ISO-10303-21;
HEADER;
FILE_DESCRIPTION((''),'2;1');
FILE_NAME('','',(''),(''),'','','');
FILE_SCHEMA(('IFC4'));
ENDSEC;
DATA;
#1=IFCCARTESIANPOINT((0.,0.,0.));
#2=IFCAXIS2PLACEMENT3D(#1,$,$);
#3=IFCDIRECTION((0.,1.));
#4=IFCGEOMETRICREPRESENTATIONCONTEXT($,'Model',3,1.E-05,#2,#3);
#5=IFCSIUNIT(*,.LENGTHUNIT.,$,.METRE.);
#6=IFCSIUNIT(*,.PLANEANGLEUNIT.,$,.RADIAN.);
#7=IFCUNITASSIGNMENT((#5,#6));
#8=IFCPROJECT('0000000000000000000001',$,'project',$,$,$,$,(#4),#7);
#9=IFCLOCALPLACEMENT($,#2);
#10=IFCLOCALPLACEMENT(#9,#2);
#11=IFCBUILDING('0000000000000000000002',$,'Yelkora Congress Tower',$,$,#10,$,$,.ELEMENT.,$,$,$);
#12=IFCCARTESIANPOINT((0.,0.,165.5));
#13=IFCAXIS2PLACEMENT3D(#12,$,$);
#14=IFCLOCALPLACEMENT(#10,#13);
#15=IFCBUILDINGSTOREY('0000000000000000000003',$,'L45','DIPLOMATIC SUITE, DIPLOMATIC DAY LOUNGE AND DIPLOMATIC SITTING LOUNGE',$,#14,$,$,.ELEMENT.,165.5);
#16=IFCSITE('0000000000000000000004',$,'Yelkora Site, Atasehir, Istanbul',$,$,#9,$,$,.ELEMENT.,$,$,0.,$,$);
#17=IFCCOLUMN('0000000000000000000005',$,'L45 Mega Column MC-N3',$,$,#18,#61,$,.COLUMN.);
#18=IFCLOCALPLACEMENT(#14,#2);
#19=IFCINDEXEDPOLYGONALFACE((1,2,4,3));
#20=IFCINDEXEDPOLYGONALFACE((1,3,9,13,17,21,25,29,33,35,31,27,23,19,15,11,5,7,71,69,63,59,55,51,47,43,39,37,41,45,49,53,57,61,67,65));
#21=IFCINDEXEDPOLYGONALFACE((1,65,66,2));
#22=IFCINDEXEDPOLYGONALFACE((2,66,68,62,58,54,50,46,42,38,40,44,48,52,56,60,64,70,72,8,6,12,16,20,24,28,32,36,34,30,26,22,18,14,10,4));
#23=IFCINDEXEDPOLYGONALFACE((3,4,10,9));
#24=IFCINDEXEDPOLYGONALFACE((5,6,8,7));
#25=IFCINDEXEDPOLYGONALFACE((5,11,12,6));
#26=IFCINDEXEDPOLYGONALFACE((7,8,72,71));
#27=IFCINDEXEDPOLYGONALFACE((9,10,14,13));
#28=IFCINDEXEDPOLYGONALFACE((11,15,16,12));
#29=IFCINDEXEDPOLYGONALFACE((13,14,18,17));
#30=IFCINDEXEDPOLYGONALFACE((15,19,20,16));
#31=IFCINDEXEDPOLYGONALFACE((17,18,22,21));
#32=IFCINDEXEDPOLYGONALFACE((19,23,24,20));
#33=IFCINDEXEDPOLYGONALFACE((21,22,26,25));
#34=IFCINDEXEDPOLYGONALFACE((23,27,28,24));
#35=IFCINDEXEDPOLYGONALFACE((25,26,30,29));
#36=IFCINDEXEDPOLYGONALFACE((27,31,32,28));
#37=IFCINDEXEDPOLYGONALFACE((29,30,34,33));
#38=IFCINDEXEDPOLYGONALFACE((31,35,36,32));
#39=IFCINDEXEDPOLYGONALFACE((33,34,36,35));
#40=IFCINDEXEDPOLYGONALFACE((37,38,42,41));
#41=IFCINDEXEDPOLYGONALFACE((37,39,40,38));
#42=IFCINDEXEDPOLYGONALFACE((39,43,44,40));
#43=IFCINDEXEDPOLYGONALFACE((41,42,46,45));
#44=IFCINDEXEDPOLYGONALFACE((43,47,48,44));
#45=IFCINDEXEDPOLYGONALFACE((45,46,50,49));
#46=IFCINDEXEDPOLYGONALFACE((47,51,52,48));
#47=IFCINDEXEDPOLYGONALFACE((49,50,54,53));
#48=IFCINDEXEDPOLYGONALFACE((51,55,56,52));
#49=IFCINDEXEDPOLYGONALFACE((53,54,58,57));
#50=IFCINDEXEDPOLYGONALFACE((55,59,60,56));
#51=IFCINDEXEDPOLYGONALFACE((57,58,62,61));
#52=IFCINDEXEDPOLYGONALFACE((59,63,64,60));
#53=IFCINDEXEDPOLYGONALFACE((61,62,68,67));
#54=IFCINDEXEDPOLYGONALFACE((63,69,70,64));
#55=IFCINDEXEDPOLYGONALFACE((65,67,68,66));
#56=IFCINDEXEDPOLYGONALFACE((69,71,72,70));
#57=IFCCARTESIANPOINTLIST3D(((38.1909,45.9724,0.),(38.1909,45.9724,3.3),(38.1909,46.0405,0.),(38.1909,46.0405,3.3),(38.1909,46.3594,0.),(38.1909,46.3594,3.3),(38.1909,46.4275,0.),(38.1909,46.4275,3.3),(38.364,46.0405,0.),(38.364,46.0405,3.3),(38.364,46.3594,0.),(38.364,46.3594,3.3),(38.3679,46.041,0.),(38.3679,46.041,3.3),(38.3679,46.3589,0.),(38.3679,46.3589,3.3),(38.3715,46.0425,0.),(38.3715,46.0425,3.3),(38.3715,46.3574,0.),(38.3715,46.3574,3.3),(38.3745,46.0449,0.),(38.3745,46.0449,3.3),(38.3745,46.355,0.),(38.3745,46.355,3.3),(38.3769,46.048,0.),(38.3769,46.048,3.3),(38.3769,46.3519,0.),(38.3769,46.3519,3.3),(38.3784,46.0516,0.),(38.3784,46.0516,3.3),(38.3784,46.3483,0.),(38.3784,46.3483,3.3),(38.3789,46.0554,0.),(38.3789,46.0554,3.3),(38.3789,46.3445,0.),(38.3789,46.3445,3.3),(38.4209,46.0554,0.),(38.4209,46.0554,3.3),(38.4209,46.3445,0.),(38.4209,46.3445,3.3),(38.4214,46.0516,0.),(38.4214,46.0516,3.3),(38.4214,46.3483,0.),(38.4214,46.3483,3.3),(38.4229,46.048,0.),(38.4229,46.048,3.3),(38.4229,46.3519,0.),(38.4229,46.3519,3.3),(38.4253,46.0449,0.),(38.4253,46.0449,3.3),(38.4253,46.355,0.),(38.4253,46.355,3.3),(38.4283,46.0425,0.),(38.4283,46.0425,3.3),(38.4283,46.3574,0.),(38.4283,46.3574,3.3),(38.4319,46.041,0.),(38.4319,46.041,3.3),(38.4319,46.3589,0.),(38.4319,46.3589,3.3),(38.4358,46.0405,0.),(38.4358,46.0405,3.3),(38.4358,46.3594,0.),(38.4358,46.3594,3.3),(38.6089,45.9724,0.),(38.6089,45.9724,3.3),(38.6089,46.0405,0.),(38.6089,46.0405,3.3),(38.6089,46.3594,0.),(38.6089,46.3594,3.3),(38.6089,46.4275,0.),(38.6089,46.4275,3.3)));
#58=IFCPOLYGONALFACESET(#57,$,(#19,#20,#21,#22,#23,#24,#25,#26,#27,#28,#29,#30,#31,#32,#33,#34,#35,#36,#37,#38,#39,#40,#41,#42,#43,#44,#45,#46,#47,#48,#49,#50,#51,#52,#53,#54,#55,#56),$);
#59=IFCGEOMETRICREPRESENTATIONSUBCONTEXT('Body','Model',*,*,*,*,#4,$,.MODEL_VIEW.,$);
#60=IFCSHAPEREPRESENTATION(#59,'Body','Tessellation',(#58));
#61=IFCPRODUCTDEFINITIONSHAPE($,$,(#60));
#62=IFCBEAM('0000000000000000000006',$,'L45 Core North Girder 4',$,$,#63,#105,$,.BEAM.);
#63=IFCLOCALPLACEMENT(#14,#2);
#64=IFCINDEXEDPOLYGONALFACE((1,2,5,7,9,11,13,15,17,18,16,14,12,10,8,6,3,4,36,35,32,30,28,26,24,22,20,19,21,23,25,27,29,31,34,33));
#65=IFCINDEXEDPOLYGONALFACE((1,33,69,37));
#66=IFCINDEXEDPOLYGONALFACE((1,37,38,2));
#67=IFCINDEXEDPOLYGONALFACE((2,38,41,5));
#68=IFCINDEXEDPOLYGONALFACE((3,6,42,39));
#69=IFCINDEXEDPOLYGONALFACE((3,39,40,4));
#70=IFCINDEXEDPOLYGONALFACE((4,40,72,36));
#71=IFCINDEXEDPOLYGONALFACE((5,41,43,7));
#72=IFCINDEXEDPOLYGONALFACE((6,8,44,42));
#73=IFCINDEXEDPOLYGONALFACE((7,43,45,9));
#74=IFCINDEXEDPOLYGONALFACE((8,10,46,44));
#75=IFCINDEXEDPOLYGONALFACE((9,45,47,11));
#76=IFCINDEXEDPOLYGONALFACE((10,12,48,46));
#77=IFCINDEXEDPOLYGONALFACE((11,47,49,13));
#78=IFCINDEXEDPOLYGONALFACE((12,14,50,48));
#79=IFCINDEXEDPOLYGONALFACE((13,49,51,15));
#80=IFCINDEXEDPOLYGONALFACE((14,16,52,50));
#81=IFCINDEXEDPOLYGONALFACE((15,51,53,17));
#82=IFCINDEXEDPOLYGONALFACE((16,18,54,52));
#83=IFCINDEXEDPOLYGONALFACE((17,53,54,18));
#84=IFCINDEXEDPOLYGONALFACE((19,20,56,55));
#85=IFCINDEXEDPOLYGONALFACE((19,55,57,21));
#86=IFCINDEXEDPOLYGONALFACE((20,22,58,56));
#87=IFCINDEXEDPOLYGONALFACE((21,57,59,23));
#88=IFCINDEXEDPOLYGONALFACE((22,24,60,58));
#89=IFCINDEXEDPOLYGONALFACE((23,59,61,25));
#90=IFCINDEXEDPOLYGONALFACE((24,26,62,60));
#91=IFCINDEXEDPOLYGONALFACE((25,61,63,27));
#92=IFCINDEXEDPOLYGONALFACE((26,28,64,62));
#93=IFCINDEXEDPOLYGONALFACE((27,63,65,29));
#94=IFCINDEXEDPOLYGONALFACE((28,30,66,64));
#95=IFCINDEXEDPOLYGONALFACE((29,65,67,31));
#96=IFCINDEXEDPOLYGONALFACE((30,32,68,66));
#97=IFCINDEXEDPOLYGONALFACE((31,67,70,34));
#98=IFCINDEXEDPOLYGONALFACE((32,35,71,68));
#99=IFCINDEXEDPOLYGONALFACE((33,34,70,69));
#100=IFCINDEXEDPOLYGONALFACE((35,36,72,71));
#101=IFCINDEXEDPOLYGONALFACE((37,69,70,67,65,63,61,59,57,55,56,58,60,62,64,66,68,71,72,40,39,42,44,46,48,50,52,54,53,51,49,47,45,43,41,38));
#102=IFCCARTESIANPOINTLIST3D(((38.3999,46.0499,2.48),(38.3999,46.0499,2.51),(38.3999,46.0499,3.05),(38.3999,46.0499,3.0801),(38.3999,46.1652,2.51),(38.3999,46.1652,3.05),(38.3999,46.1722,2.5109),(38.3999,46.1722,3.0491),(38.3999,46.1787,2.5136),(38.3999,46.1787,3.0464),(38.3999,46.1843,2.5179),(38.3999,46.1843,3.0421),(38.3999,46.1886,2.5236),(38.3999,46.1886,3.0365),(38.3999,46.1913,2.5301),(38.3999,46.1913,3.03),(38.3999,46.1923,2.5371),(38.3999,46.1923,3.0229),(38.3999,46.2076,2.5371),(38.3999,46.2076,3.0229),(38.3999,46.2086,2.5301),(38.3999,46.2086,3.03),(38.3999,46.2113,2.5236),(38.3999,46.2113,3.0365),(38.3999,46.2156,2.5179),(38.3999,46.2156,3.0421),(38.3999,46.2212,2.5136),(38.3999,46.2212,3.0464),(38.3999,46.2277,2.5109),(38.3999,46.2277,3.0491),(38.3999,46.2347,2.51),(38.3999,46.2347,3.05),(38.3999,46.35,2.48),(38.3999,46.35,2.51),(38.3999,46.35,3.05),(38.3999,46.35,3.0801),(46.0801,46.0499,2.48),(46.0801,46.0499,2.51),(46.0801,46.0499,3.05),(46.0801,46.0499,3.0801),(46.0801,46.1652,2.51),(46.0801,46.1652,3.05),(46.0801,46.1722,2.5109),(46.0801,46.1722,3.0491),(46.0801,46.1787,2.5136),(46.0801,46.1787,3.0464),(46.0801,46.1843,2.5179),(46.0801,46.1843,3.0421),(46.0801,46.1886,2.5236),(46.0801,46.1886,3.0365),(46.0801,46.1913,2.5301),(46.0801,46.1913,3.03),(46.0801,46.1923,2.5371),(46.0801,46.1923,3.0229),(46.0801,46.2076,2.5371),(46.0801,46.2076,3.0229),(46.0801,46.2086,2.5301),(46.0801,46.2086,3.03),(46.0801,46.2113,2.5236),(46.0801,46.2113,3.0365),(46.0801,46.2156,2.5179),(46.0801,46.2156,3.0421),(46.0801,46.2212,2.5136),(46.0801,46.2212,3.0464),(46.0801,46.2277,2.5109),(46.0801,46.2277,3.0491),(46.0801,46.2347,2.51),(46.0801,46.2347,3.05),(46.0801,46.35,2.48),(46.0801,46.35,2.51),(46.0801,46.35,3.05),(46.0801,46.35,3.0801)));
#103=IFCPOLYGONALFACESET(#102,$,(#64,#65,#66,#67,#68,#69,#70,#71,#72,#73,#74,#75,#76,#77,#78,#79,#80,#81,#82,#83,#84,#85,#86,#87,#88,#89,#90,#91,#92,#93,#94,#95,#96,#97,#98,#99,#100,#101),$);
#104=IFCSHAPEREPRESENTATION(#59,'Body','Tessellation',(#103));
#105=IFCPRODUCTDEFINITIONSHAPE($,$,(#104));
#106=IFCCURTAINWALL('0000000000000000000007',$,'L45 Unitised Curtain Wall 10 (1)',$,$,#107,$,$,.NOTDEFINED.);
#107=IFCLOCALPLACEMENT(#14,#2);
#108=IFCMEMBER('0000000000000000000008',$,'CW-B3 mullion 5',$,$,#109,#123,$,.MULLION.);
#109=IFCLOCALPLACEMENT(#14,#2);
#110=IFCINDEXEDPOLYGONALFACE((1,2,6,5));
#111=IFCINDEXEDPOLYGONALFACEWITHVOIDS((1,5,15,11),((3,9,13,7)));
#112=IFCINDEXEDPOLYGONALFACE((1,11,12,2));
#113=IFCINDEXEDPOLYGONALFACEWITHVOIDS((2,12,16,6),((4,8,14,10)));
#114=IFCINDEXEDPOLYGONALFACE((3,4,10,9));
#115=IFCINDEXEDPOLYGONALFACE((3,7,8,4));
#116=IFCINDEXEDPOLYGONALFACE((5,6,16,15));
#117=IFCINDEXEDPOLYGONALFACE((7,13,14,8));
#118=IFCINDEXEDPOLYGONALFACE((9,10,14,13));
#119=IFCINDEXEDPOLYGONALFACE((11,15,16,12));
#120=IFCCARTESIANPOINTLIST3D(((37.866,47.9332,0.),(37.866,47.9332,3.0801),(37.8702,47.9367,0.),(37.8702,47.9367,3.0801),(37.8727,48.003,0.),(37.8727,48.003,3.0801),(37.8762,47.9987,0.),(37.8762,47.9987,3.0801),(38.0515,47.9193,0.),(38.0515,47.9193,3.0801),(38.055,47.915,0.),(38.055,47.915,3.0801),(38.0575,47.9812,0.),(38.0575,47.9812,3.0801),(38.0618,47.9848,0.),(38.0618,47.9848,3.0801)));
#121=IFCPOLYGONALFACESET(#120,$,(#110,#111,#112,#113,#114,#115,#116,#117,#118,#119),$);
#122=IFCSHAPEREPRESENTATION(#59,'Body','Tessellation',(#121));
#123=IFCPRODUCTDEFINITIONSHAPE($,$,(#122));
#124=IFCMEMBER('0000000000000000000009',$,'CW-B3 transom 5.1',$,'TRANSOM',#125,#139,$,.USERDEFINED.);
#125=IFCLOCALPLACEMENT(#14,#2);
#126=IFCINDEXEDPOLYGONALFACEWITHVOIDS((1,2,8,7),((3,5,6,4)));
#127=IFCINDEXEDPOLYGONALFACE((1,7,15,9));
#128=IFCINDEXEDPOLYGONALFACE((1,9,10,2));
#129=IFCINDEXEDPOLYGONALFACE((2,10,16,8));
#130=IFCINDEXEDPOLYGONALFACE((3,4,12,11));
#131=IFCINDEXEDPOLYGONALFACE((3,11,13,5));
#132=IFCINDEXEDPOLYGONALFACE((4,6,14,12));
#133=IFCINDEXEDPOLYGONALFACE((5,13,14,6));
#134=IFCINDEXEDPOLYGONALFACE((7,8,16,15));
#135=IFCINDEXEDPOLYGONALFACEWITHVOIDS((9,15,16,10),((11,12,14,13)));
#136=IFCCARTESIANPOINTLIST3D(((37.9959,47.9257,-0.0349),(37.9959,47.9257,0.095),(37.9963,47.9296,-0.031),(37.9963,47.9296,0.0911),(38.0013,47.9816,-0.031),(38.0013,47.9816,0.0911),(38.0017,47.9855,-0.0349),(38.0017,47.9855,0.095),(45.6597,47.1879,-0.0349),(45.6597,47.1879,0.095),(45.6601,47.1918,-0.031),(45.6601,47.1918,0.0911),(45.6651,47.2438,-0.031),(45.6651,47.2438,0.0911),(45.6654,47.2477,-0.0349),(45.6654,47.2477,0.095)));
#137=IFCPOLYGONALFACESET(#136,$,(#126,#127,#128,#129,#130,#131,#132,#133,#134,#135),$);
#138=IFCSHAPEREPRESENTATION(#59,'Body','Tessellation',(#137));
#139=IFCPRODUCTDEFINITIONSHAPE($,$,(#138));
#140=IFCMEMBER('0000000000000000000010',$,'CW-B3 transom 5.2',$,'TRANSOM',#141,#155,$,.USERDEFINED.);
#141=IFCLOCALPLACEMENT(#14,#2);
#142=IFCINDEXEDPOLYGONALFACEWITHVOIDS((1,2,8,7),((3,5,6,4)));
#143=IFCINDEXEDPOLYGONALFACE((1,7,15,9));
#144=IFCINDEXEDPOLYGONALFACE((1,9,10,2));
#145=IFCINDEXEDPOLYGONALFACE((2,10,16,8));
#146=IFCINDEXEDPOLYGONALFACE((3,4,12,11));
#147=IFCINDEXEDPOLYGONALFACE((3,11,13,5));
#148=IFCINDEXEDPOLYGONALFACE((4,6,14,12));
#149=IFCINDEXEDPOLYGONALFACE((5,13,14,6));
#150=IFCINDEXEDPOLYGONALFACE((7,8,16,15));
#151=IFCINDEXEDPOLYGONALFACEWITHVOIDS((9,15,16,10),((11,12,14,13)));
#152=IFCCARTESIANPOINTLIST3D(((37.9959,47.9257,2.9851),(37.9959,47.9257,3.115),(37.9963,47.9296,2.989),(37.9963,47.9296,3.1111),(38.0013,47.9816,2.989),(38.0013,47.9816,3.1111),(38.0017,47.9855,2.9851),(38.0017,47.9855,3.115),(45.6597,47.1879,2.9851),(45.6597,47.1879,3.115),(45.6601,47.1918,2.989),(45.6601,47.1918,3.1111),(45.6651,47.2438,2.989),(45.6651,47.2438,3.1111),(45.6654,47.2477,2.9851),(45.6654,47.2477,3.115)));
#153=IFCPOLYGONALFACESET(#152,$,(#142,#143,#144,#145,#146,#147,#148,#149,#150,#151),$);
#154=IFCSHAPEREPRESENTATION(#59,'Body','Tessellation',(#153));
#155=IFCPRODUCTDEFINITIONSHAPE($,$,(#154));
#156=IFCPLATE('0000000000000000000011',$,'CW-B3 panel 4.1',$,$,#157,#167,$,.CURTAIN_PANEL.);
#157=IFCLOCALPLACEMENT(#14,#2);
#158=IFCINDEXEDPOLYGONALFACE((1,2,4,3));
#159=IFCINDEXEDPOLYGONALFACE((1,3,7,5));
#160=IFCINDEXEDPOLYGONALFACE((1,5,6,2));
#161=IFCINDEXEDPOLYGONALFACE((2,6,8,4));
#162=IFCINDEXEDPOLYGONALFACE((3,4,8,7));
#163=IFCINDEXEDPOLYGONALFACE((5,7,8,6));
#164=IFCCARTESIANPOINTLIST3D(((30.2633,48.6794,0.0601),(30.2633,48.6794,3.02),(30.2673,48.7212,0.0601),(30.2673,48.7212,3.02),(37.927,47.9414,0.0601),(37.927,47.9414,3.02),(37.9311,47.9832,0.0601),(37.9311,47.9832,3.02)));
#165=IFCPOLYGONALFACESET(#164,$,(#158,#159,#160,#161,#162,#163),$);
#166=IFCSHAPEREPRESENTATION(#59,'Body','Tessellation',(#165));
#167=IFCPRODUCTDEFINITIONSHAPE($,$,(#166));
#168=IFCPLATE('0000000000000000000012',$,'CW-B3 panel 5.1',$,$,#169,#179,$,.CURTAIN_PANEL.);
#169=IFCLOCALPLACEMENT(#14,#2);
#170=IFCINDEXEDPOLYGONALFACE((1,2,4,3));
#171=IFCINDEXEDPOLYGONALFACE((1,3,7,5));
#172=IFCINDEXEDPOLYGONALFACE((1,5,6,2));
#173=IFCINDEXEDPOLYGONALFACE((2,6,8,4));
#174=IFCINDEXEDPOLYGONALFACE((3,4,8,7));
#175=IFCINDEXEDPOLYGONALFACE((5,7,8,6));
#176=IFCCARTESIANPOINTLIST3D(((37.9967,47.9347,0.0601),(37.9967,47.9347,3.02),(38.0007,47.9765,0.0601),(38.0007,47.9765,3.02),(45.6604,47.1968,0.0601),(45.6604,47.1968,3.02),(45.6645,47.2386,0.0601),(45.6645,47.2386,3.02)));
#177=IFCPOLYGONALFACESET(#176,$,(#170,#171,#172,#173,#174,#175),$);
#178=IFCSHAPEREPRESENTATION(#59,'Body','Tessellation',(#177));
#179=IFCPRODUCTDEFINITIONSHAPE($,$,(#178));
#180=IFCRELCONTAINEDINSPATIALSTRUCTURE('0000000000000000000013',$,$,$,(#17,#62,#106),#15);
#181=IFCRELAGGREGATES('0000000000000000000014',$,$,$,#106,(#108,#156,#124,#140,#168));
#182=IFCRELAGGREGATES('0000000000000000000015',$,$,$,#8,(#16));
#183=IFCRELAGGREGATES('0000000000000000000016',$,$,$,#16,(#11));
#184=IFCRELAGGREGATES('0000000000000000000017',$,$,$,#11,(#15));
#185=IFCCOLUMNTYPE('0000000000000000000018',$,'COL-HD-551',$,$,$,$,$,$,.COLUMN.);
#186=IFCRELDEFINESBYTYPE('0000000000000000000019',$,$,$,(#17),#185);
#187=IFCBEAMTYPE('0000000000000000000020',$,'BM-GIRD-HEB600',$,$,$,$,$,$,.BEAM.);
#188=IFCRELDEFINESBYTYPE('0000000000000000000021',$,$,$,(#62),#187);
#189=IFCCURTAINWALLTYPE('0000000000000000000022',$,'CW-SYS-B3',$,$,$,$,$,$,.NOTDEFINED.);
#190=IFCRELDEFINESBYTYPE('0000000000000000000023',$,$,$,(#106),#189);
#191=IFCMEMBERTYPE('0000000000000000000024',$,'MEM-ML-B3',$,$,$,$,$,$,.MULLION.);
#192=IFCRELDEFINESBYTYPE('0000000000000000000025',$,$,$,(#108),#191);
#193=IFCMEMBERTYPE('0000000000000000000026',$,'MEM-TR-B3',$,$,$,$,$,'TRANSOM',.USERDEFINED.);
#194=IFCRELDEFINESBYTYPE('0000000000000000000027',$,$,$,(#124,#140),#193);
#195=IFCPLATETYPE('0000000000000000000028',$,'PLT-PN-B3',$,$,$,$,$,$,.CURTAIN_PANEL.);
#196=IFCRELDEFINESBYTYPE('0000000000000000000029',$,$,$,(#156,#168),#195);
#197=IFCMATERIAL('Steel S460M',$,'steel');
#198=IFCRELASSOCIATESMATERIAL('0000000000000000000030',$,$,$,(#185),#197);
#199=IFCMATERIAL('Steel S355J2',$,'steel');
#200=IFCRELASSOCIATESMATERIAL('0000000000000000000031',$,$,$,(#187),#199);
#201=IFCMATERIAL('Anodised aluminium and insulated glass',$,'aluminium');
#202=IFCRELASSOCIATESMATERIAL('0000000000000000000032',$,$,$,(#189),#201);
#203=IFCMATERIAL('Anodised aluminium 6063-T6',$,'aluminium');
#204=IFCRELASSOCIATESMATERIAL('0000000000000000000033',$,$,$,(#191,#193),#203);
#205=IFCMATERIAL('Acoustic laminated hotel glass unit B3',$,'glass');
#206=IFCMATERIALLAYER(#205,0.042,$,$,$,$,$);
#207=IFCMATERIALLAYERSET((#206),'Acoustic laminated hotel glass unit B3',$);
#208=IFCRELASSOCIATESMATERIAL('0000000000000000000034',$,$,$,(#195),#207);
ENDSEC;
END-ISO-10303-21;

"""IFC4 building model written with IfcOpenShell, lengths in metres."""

from ifc_helpers import new_model, si_unit, direction, frame, origin, origin_2d, place, context, subcontext, project, spatial, rectangle, hollow_rectangle, i_section, extrude, material, layer, layer_set, material_profile, profile_set, type_object, element, aggregate, save


model = new_model("IFC4")

# Units and contexts
model_context = context("Model", 3, precision=1e-05, world=origin(), true_north=direction((0.0, 1.0)))
body_context = subcontext(model_context, "Body", "Model", "MODEL_VIEW")
ifc_project = project(units=[si_unit("LENGTHUNIT", "METRE"), si_unit("PLANEANGLEUNIT", "RADIAN")], contexts=[model_context])

# Site, building, storey
site_placement = place(None, origin())
site = spatial("IfcSite", under=ifc_project, at=site_placement, Name="Yelkora Site, Atasehir, Istanbul", CompositionType="ELEMENT", RefElevation=0.0)
building_placement = place(site_placement, origin())
building = spatial("IfcBuilding", under=site, at=building_placement, Name="Yelkora Congress Tower", CompositionType="ELEMENT")
storey_placement = place(building_placement, frame((0.0, 0.0, 165.5)))
storey = spatial("IfcBuildingStorey", under=building, at=storey_placement, Name="L45", Description="DIPLOMATIC SUITE, DIPLOMATIC DAY LOUNGE AND DIPLOMATIC SITTING LOUNGE", CompositionType="ELEMENT", Elevation=165.5)

# Column
ifc_material_1 = material(Name="Steel S460M", Category="steel")
ifc_material_profile_1 = material_profile(ifc_material_1, i_section(OverallWidth=0.418, OverallDepth=0.4551, WebThickness=0.042, FlangeThickness=0.0681, FilletRadius=0.0149, at=origin_2d()), Name="HD 400x551")
ifc_profile_set_1 = profile_set([ifc_material_profile_1], Name="Steel S460M")
column_type = type_object("IfcColumnType", Name="COL-HD-551", PredefinedType="COLUMN", material=ifc_profile_set_1)
column_placement = place(storey_placement, frame((38.3999, 46.2, 0.0), z_axis=(0.0, 0.0, 1.0), x_axis=(1.0, 0.0, 0.0)))
element("IfcColumn", 1, at=column_placement, inside=storey, type_object=column_type, Name="L45 Mega Column MC-N3", PredefinedType="COLUMN", context=body_context, shape_type="SweptSolid", body=[
    extrude(i_section(OverallWidth=0.418, OverallDepth=0.4551, WebThickness=0.042, FlangeThickness=0.0681, FilletRadius=0.0149, at=origin_2d()), origin(), (0.0, 0.0, 1.0), 3.3),
])

# Beam
ifc_material_2 = material(Name="Steel S355J2", Category="steel")
ifc_material_profile_2 = material_profile(ifc_material_2, i_section(OverallWidth=0.3, OverallDepth=0.6001, WebThickness=0.0154, FlangeThickness=0.03, FilletRadius=0.0271, at=origin_2d()), Name="HEB 600")
ifc_profile_set_2 = profile_set([ifc_material_profile_2], Name="Steel S355J2")
beam_type = type_object("IfcBeamType", Name="BM-GIRD-HEB600", PredefinedType="BEAM", material=ifc_profile_set_2)
beam_placement = place(storey_placement, frame((38.3999, 46.2, 2.78), z_axis=(1.0, 0.0, 0.0), x_axis=(0.0, 1.0, 0.0)))
element("IfcBeam", 2, at=beam_placement, inside=storey, type_object=beam_type, Name="L45 Core North Girder 4", PredefinedType="BEAM", context=body_context, shape_type="SweptSolid", body=[
    extrude(i_section(OverallWidth=0.3, OverallDepth=0.6001, WebThickness=0.0154, FlangeThickness=0.03, FilletRadius=0.0271, at=origin_2d()), origin(), (0.0, 0.0, 1.0), 7.6802),
])

# Curtain wall, members, plates
ifc_material_3 = material(Name="Anodised aluminium and insulated glass", Category="aluminium")
curtain_wall_type = type_object("IfcCurtainWallType", Name="CW-SYS-B3", PredefinedType="NOTDEFINED", material=ifc_material_3)
curtain_wall_placement = place(storey_placement, origin())
curtain_wall = element("IfcCurtainWall", 3, at=curtain_wall_placement, inside=storey, type_object=curtain_wall_type, Name="L45 Unitised Curtain Wall 10 (1)", PredefinedType="NOTDEFINED")
ifc_material_4 = material(Name="Anodised aluminium 6063-T6", Category="aluminium")
ifc_material_profile_3 = material_profile(ifc_material_4, hollow_rectangle(XDim=0.0701, YDim=0.1899, WallThickness=0.0039, at=origin_2d()), Name="ALU 70x190x4")
ifc_profile_set_3 = profile_set([ifc_material_profile_3], Name="Anodised aluminium 6063-T6")
member_type_1 = type_object("IfcMemberType", Name="MEM-ML-B3", PredefinedType="MULLION", material=ifc_profile_set_3)
member_1_placement = place(storey_placement, frame((37.9639, 47.959, 0.0), z_axis=(0.0, 0.0, 1.0), x_axis=(0.095845, 0.995396, 0.0)))
member_1 = element("IfcMember", 4, at=member_1_placement, type_object=member_type_1, Name="CW-B3 mullion 5", PredefinedType="MULLION", context=body_context, shape_type="SweptSolid", body=[
    extrude(hollow_rectangle(XDim=0.0701, YDim=0.1899, WallThickness=0.0039, at=origin_2d()), origin(), (0.0, 0.0, 1.0), 3.0801),
])
ifc_material_profile_4 = material_profile(ifc_material_4, hollow_rectangle(XDim=0.0601, YDim=0.1299, WallThickness=0.0039, at=origin_2d()), Name="ALU 60x130x4")
ifc_profile_set_4 = profile_set([ifc_material_profile_4], Name="Anodised aluminium 6063-T6")
member_type_2 = type_object("IfcMemberType", Name="MEM-TR-B3", ElementType="TRANSOM", PredefinedType="USERDEFINED", material=ifc_profile_set_4)
member_2_placement = place(storey_placement, frame((37.9988, 47.9556, 0.03), z_axis=(0.995398, -0.095827, 0.0), x_axis=(0.095827, 0.995398, 0.0)))
member_2 = element("IfcMember", 5, at=member_2_placement, type_object=member_type_2, Name="CW-B3 transom 5.1", ObjectType="TRANSOM", PredefinedType="USERDEFINED", context=body_context, shape_type="SweptSolid", body=[
    extrude(hollow_rectangle(XDim=0.0601, YDim=0.1299, WallThickness=0.0039, at=origin_2d()), origin(), (0.0, 0.0, 1.0), 7.6992),
])
member_3_placement = place(storey_placement, frame((37.9988, 47.9556, 3.05), z_axis=(0.995398, -0.095827, 0.0), x_axis=(0.095827, 0.995398, 0.0)))
member_3 = element("IfcMember", 6, at=member_3_placement, type_object=member_type_2, Name="CW-B3 transom 5.2", ObjectType="TRANSOM", PredefinedType="USERDEFINED", context=body_context, shape_type="SweptSolid", body=[
    extrude(hollow_rectangle(XDim=0.0601, YDim=0.1299, WallThickness=0.0039, at=origin_2d()), origin(), (0.0, 0.0, 1.0), 7.6992),
])
ifc_material_5 = material(Name="Acoustic laminated hotel glass unit B3", Category="glass")
ifc_layer_1 = layer(ifc_material_5, 0.042)
ifc_layer_set_1 = layer_set([ifc_layer_1], Name="Acoustic laminated hotel glass unit B3")
plate_type = type_object("IfcPlateType", Name="PLT-PN-B3", PredefinedType="CURTAIN_PANEL", material=ifc_layer_set_1)
plate_1_placement = place(storey_placement, frame((34.0972, 48.3313, 0.0601), z_axis=(0.0, 0.0, 1.0), x_axis=(0.995396, -0.095845, 0.0)))
plate_1 = element("IfcPlate", 7, at=plate_1_placement, type_object=plate_type, Name="CW-B3 panel 4.1", PredefinedType="CURTAIN_PANEL", context=body_context, shape_type="SweptSolid", body=[
    extrude(rectangle(XDim=7.6992, YDim=0.042, at=origin_2d()), origin(), (0.0, 0.0, 1.0), 2.96),
])
plate_2_placement = place(storey_placement, frame((41.8306, 47.5867, 0.0601), z_axis=(0.0, 0.0, 1.0), x_axis=(0.995396, -0.095845, 0.0)))
plate_2 = element("IfcPlate", 8, at=plate_2_placement, type_object=plate_type, Name="CW-B3 panel 5.1", PredefinedType="CURTAIN_PANEL", context=body_context, shape_type="SweptSolid", body=[
    extrude(rectangle(XDim=7.6992, YDim=0.042, at=origin_2d()), origin(), (0.0, 0.0, 1.0), 2.96),
])
aggregate(curtain_wall, [member_1, plate_1, member_2, member_3, plate_2])

save(model, "model.ifc")
